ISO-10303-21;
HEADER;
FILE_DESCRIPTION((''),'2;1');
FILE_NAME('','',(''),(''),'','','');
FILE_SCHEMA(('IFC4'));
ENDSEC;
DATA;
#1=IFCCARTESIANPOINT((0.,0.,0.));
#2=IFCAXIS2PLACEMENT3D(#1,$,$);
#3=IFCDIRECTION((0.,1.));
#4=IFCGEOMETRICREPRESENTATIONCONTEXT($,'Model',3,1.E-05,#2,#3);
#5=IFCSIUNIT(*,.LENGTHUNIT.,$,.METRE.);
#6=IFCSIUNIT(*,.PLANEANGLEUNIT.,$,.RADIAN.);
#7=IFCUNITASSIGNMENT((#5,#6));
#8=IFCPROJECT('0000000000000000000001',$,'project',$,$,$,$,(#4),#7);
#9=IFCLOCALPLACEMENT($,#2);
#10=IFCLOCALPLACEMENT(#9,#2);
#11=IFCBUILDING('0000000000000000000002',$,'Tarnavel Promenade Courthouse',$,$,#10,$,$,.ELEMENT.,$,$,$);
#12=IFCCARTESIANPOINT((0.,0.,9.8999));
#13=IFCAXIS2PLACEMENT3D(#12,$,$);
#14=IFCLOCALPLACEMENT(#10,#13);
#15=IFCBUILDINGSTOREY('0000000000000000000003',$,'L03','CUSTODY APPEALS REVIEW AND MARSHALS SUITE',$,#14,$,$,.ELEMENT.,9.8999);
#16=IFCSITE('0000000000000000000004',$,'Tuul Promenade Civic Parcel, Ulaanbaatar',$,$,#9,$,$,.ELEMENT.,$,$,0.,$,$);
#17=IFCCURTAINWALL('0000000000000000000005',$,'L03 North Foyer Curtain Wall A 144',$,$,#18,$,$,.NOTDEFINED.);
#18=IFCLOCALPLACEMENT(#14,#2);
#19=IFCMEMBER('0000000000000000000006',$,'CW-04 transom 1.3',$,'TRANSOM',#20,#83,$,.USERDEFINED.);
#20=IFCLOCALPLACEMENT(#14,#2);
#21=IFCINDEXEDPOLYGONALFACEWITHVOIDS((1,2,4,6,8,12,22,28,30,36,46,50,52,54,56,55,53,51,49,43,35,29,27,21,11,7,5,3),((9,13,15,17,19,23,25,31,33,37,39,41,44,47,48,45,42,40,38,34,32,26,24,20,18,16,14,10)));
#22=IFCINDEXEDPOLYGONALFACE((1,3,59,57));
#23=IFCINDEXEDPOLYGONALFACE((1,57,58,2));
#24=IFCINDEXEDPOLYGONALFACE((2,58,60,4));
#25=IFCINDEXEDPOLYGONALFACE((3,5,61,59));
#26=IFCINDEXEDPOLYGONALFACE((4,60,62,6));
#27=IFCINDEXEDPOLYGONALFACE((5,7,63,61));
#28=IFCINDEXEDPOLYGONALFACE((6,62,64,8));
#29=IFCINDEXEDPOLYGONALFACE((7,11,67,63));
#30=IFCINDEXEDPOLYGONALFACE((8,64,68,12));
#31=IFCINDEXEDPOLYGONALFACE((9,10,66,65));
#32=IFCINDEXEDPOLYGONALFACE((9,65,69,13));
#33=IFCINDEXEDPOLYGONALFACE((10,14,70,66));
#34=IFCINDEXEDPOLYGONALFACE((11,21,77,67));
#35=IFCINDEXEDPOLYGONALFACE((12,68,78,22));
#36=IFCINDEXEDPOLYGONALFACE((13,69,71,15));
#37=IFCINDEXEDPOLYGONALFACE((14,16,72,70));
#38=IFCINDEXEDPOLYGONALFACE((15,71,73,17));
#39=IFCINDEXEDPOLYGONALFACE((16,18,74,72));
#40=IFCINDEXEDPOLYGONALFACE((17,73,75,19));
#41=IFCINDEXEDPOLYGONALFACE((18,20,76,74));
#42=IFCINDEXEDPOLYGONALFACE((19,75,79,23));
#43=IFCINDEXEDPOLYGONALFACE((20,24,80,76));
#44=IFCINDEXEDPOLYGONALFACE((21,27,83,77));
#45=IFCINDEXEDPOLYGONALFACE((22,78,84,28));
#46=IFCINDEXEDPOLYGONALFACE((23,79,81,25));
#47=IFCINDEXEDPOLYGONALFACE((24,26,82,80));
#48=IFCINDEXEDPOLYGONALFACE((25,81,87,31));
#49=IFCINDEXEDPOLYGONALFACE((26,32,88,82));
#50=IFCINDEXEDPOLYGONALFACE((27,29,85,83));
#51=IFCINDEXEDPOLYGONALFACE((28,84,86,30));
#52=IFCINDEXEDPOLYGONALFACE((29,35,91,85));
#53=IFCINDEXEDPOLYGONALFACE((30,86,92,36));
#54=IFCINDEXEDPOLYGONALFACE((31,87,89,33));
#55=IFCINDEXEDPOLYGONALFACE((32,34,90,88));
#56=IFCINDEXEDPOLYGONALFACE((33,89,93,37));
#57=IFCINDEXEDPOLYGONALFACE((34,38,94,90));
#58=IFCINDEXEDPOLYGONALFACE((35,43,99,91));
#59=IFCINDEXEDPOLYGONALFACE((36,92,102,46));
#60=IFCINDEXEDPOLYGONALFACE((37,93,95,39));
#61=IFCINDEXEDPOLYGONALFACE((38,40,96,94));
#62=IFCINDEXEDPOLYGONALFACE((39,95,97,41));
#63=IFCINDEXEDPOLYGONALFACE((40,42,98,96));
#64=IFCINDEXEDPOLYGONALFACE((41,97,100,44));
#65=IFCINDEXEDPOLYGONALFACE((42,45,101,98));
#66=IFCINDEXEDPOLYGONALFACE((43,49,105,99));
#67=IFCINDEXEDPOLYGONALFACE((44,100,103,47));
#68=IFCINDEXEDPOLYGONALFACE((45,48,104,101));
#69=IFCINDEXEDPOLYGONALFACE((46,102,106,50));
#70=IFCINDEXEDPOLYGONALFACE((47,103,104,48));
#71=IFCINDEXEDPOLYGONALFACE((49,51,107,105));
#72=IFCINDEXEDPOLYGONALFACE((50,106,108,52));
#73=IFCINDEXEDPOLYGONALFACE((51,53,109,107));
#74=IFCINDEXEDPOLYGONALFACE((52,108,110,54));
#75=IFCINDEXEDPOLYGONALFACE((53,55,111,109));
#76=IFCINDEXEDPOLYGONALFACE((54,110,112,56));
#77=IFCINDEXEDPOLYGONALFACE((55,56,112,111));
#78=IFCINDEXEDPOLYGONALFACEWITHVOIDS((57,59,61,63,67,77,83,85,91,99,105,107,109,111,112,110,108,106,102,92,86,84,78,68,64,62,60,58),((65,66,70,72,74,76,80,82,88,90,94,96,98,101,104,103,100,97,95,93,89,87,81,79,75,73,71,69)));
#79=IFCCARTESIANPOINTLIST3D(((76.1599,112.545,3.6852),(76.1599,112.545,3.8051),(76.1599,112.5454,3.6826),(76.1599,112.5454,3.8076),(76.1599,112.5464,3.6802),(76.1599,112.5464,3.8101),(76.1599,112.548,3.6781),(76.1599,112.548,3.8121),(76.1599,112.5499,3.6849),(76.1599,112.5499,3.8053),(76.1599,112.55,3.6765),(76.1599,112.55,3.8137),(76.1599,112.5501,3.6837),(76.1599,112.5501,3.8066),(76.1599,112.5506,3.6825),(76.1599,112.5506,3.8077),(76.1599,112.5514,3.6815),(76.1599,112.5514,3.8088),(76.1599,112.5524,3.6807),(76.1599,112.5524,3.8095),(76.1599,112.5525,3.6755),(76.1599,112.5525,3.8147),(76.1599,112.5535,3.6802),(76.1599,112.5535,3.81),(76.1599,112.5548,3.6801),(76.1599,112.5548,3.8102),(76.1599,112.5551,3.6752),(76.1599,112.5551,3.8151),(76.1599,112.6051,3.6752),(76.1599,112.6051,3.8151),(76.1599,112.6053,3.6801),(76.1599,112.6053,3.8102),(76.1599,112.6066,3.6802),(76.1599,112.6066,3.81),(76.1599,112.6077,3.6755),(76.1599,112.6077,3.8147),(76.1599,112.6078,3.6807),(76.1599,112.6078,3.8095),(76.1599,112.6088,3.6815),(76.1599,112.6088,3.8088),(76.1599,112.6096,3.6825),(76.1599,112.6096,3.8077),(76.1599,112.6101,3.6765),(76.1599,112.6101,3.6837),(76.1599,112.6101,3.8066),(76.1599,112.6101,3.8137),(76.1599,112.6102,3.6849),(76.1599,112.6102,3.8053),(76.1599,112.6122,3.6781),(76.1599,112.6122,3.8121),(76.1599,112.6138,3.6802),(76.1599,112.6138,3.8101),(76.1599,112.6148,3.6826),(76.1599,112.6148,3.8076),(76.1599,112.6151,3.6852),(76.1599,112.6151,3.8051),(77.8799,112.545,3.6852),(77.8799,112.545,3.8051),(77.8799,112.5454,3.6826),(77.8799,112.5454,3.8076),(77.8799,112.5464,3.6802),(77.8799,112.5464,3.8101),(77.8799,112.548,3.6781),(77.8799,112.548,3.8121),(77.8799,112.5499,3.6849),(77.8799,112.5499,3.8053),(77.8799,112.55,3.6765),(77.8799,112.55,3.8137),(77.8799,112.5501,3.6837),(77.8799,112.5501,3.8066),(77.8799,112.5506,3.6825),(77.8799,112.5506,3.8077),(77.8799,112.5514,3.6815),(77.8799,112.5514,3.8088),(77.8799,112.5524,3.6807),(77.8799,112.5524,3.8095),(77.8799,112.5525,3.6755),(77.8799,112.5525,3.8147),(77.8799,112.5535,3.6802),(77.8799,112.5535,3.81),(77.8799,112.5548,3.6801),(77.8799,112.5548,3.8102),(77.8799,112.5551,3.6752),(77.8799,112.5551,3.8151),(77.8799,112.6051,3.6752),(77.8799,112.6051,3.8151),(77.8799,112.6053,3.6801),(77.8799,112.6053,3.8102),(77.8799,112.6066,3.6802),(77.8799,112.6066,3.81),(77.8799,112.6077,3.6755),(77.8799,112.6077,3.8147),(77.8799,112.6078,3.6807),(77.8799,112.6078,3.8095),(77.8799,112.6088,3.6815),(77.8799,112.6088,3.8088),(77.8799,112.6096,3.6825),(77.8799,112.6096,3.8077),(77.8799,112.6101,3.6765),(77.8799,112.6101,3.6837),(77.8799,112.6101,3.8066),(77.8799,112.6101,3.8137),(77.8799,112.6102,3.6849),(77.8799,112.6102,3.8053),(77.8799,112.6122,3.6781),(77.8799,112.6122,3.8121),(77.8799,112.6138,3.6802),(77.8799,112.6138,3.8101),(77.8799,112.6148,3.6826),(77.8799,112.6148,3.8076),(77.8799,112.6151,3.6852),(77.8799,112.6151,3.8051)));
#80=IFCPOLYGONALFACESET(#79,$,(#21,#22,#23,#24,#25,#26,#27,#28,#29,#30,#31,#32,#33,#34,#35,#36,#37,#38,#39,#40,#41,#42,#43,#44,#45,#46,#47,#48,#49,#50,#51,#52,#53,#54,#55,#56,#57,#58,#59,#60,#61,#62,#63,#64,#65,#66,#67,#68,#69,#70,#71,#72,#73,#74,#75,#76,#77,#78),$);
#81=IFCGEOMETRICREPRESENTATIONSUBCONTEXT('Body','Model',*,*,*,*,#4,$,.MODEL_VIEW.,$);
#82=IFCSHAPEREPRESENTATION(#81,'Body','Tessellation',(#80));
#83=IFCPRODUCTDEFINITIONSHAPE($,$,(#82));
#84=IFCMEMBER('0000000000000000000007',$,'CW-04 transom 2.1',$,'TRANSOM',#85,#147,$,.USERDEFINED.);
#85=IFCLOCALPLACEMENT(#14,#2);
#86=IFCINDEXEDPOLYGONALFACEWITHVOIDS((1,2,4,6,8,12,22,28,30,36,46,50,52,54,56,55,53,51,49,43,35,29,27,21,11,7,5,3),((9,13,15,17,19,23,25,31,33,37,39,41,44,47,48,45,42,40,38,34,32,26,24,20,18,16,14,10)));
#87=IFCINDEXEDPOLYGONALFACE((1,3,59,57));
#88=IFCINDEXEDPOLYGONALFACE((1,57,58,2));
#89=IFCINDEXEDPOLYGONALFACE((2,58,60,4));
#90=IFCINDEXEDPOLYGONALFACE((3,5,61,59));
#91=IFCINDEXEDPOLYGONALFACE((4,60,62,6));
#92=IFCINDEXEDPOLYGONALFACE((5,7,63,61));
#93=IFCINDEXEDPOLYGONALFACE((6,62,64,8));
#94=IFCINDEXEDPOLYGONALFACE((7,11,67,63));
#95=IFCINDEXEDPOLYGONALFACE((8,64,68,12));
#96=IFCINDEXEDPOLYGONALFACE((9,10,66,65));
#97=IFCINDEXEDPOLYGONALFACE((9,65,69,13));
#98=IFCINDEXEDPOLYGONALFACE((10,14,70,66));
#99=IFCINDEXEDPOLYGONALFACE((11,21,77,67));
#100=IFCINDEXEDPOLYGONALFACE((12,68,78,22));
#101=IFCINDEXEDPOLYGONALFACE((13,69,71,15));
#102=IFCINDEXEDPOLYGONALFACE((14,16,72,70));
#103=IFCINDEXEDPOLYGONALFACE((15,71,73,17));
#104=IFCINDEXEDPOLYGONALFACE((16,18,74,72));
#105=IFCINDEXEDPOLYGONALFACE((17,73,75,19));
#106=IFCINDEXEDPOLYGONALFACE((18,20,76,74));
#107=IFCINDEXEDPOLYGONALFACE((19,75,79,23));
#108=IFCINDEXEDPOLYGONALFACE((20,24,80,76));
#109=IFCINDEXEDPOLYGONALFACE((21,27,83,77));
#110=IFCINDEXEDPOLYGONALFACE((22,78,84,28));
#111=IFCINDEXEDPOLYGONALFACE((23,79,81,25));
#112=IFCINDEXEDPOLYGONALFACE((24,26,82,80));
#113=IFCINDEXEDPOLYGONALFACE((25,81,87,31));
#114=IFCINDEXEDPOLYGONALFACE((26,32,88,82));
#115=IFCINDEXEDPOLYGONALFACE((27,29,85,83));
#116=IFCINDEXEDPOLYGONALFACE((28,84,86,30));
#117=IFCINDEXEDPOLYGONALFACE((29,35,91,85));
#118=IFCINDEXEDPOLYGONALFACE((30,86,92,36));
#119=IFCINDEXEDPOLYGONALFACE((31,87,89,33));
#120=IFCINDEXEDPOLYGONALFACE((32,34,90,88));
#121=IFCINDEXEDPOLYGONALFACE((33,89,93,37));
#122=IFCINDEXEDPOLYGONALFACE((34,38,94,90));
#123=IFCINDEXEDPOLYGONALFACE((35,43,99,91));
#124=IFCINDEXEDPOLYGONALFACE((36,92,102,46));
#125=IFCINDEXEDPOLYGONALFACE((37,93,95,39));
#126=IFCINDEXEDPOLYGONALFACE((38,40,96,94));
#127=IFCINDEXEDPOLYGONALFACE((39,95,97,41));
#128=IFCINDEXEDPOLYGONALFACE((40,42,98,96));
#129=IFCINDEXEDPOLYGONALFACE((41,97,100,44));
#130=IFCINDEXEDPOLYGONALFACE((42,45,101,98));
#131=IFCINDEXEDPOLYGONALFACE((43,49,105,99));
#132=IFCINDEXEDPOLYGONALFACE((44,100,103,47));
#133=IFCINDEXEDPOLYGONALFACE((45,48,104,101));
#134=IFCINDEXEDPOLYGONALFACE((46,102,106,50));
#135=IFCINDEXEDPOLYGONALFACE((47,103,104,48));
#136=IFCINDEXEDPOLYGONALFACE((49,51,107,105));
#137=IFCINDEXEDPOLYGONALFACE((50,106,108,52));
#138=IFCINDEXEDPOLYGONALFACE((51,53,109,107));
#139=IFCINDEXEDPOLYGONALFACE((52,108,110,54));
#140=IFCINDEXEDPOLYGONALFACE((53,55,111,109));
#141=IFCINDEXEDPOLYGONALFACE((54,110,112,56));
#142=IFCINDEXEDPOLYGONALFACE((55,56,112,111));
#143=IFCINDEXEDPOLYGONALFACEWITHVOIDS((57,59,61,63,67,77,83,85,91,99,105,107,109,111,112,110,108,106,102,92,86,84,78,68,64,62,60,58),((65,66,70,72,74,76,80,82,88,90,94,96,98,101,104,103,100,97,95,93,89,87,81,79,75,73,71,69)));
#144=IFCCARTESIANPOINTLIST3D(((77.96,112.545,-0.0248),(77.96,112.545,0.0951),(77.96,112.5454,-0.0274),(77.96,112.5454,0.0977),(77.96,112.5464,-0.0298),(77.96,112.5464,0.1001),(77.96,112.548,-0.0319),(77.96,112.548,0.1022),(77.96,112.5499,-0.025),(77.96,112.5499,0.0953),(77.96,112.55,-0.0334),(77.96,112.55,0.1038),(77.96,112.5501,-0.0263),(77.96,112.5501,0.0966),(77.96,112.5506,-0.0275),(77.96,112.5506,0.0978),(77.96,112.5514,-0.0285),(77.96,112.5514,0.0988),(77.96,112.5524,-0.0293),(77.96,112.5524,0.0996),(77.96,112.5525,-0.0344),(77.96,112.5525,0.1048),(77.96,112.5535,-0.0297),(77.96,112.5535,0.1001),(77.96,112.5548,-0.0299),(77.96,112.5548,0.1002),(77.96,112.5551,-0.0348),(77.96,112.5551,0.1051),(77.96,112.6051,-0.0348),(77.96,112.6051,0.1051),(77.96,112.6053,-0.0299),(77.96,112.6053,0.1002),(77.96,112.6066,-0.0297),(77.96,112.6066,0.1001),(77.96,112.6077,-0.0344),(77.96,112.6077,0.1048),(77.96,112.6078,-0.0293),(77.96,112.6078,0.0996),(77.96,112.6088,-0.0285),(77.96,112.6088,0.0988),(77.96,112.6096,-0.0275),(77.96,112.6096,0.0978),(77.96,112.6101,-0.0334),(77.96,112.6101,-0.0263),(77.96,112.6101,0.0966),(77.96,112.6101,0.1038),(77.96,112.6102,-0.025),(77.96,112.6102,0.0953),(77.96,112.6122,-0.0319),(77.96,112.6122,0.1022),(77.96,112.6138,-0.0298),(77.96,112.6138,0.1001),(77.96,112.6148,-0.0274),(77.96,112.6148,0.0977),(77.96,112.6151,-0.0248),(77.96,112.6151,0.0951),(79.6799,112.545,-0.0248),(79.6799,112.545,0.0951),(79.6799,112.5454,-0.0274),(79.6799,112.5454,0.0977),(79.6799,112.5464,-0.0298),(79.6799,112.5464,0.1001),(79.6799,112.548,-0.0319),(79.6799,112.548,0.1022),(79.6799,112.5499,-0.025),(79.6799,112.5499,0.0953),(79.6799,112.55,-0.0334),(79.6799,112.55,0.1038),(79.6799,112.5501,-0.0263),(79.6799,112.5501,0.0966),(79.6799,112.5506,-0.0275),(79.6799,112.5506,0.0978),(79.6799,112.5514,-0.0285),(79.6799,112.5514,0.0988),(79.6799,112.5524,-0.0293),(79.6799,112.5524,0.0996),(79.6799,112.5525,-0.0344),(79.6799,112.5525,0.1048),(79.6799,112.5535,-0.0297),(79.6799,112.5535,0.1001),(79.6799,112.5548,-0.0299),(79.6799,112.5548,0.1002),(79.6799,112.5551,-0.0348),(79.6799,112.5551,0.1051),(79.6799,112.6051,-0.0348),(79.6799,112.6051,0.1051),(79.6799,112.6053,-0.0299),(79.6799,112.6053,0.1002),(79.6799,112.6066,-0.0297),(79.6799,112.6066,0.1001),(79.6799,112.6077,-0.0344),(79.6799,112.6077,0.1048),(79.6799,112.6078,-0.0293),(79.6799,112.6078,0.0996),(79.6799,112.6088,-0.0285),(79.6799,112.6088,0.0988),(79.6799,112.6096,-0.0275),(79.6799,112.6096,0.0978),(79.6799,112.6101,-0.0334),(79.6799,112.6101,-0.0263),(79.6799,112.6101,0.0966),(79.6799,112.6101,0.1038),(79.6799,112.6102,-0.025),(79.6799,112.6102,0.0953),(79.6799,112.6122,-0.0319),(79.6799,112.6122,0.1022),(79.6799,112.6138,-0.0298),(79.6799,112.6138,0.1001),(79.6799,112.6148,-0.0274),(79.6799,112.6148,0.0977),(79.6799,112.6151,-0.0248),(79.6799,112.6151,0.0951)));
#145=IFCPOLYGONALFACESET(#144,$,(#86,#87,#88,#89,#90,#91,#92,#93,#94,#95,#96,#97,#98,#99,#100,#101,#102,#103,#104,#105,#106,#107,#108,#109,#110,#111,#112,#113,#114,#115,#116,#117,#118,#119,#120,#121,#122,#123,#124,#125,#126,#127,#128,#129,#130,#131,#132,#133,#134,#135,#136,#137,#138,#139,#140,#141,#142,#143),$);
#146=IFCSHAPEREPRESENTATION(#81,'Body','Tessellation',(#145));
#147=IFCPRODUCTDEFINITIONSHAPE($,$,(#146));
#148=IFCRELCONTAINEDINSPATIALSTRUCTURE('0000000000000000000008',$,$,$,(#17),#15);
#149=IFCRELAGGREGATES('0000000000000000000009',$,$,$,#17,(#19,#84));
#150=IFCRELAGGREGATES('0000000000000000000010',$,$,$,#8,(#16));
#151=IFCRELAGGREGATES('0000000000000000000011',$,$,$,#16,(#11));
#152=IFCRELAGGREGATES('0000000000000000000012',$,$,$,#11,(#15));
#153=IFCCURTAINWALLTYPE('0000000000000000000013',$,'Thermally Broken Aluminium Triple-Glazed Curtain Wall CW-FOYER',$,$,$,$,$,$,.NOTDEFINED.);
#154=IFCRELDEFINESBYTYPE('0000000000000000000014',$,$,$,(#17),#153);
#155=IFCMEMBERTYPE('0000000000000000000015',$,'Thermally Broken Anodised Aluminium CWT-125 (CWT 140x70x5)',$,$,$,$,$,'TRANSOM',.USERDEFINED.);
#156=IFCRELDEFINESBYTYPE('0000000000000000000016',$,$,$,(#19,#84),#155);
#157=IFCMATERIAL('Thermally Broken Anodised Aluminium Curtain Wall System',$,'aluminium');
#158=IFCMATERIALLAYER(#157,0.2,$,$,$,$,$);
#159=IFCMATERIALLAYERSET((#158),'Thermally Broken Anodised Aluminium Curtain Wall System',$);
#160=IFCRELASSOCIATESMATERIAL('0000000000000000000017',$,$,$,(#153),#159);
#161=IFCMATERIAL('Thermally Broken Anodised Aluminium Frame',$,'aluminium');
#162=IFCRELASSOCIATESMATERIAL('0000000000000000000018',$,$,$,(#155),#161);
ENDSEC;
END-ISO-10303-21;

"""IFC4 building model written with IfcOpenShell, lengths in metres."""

from ifc_helpers import new_model, si_unit, direction, frame, origin, origin_2d, place, context, subcontext, project, spatial, hollow_rectangle, extrude, material, layer, layer_set, material_profile, profile_set, type_object, element, aggregate, save


model = new_model("IFC4")

# Units and contexts
model_context = context("Model", 3, precision=1e-05, world=origin(), true_north=direction((0.0, 1.0)))
body_context = subcontext(model_context, "Body", "Model", "MODEL_VIEW")
ifc_project = project(units=[si_unit("LENGTHUNIT", "METRE"), si_unit("PLANEANGLEUNIT", "RADIAN")], contexts=[model_context])

# Site, building, storey
site_placement = place(None, origin())
site = spatial("IfcSite", under=ifc_project, at=site_placement, Name="Tuul Promenade Civic Parcel, Ulaanbaatar", CompositionType="ELEMENT", RefElevation=0.0)
building_placement = place(site_placement, origin())
building = spatial("IfcBuilding", under=site, at=building_placement, Name="Tarnavel Promenade Courthouse", CompositionType="ELEMENT")
storey_placement = place(building_placement, frame((0.0, 0.0, 9.8999)))
storey = spatial("IfcBuildingStorey", under=building, at=storey_placement, Name="L03", Description="CUSTODY APPEALS REVIEW AND MARSHALS SUITE", CompositionType="ELEMENT", Elevation=9.8999)

# Curtain wall
ifc_material_1 = material(Name="Thermally Broken Anodised Aluminium Curtain Wall System", Category="aluminium")
ifc_layer_1 = layer(ifc_material_1, 0.2)
ifc_layer_set_1 = layer_set([ifc_layer_1], Name="Thermally Broken Anodised Aluminium Curtain Wall System")
curtain_wall_type = type_object("IfcCurtainWallType", Name="Thermally Broken Aluminium Triple-Glazed Curtain Wall CW-FOYER", PredefinedType="NOTDEFINED", material=ifc_layer_set_1)
ifc_material_2 = material(Name="Thermally Broken Anodised Aluminium Frame", Category="aluminium")
curtain_wall_1_placement = place(storey_placement, origin())
curtain_wall_1 = element("IfcCurtainWall", 1, at=curtain_wall_1_placement, inside=storey, type_object=curtain_wall_type, Name="L03 North Foyer Curtain Wall A 144", PredefinedType="NOTDEFINED")

# Members
ifc_material_profile_1 = material_profile(ifc_material_2, hollow_rectangle(XDim=0.0701, YDim=0.1399, WallThickness=0.0049, InnerFilletRadius=0.0049, OuterFilletRadius=0.01, at=origin_2d()), Name="CWT 140x70x5")
ifc_profile_set_1 = profile_set([ifc_material_profile_1], Name="Thermally Broken Anodised Aluminium Frame")
member_type_1 = type_object("IfcMemberType", Name="Thermally Broken Anodised Aluminium CWT-125 (CWT 140x70x5)", ElementType="TRANSOM", PredefinedType="USERDEFINED", material=ifc_profile_set_1)
member_1_placement = place(storey_placement, frame((76.1599, 112.5801, 3.7451), z_axis=(1.0, 0.0, 0.0), x_axis=(0.0, 1.0, 0.0)))
member_1 = element("IfcMember", 2, at=member_1_placement, type_object=member_type_1, Name="CW-04 transom 1.3", ObjectType="TRANSOM", PredefinedType="USERDEFINED", context=body_context, shape_type="SweptSolid", body=[
    extrude(hollow_rectangle(XDim=0.0701, YDim=0.1399, WallThickness=0.0049, InnerFilletRadius=0.0049, OuterFilletRadius=0.01, at=origin_2d()), origin(), (0.0, 0.0, 1.0), 1.72),
])
member_2_placement = place(storey_placement, frame((77.96, 112.5801, 0.0352), z_axis=(1.0, 0.0, 0.0), x_axis=(0.0, 1.0, 0.0)))
member_2 = element("IfcMember", 3, at=member_2_placement, type_object=member_type_1, Name="CW-04 transom 2.1", ObjectType="TRANSOM", PredefinedType="USERDEFINED", context=body_context, shape_type="SweptSolid", body=[
    extrude(hollow_rectangle(XDim=0.0701, YDim=0.1399, WallThickness=0.0049, InnerFilletRadius=0.0049, OuterFilletRadius=0.01, at=origin_2d()), origin(), (0.0, 0.0, 1.0), 1.72),
])

aggregate(curtain_wall_1, [member_1, member_2])

save(model, "model.ifc")
